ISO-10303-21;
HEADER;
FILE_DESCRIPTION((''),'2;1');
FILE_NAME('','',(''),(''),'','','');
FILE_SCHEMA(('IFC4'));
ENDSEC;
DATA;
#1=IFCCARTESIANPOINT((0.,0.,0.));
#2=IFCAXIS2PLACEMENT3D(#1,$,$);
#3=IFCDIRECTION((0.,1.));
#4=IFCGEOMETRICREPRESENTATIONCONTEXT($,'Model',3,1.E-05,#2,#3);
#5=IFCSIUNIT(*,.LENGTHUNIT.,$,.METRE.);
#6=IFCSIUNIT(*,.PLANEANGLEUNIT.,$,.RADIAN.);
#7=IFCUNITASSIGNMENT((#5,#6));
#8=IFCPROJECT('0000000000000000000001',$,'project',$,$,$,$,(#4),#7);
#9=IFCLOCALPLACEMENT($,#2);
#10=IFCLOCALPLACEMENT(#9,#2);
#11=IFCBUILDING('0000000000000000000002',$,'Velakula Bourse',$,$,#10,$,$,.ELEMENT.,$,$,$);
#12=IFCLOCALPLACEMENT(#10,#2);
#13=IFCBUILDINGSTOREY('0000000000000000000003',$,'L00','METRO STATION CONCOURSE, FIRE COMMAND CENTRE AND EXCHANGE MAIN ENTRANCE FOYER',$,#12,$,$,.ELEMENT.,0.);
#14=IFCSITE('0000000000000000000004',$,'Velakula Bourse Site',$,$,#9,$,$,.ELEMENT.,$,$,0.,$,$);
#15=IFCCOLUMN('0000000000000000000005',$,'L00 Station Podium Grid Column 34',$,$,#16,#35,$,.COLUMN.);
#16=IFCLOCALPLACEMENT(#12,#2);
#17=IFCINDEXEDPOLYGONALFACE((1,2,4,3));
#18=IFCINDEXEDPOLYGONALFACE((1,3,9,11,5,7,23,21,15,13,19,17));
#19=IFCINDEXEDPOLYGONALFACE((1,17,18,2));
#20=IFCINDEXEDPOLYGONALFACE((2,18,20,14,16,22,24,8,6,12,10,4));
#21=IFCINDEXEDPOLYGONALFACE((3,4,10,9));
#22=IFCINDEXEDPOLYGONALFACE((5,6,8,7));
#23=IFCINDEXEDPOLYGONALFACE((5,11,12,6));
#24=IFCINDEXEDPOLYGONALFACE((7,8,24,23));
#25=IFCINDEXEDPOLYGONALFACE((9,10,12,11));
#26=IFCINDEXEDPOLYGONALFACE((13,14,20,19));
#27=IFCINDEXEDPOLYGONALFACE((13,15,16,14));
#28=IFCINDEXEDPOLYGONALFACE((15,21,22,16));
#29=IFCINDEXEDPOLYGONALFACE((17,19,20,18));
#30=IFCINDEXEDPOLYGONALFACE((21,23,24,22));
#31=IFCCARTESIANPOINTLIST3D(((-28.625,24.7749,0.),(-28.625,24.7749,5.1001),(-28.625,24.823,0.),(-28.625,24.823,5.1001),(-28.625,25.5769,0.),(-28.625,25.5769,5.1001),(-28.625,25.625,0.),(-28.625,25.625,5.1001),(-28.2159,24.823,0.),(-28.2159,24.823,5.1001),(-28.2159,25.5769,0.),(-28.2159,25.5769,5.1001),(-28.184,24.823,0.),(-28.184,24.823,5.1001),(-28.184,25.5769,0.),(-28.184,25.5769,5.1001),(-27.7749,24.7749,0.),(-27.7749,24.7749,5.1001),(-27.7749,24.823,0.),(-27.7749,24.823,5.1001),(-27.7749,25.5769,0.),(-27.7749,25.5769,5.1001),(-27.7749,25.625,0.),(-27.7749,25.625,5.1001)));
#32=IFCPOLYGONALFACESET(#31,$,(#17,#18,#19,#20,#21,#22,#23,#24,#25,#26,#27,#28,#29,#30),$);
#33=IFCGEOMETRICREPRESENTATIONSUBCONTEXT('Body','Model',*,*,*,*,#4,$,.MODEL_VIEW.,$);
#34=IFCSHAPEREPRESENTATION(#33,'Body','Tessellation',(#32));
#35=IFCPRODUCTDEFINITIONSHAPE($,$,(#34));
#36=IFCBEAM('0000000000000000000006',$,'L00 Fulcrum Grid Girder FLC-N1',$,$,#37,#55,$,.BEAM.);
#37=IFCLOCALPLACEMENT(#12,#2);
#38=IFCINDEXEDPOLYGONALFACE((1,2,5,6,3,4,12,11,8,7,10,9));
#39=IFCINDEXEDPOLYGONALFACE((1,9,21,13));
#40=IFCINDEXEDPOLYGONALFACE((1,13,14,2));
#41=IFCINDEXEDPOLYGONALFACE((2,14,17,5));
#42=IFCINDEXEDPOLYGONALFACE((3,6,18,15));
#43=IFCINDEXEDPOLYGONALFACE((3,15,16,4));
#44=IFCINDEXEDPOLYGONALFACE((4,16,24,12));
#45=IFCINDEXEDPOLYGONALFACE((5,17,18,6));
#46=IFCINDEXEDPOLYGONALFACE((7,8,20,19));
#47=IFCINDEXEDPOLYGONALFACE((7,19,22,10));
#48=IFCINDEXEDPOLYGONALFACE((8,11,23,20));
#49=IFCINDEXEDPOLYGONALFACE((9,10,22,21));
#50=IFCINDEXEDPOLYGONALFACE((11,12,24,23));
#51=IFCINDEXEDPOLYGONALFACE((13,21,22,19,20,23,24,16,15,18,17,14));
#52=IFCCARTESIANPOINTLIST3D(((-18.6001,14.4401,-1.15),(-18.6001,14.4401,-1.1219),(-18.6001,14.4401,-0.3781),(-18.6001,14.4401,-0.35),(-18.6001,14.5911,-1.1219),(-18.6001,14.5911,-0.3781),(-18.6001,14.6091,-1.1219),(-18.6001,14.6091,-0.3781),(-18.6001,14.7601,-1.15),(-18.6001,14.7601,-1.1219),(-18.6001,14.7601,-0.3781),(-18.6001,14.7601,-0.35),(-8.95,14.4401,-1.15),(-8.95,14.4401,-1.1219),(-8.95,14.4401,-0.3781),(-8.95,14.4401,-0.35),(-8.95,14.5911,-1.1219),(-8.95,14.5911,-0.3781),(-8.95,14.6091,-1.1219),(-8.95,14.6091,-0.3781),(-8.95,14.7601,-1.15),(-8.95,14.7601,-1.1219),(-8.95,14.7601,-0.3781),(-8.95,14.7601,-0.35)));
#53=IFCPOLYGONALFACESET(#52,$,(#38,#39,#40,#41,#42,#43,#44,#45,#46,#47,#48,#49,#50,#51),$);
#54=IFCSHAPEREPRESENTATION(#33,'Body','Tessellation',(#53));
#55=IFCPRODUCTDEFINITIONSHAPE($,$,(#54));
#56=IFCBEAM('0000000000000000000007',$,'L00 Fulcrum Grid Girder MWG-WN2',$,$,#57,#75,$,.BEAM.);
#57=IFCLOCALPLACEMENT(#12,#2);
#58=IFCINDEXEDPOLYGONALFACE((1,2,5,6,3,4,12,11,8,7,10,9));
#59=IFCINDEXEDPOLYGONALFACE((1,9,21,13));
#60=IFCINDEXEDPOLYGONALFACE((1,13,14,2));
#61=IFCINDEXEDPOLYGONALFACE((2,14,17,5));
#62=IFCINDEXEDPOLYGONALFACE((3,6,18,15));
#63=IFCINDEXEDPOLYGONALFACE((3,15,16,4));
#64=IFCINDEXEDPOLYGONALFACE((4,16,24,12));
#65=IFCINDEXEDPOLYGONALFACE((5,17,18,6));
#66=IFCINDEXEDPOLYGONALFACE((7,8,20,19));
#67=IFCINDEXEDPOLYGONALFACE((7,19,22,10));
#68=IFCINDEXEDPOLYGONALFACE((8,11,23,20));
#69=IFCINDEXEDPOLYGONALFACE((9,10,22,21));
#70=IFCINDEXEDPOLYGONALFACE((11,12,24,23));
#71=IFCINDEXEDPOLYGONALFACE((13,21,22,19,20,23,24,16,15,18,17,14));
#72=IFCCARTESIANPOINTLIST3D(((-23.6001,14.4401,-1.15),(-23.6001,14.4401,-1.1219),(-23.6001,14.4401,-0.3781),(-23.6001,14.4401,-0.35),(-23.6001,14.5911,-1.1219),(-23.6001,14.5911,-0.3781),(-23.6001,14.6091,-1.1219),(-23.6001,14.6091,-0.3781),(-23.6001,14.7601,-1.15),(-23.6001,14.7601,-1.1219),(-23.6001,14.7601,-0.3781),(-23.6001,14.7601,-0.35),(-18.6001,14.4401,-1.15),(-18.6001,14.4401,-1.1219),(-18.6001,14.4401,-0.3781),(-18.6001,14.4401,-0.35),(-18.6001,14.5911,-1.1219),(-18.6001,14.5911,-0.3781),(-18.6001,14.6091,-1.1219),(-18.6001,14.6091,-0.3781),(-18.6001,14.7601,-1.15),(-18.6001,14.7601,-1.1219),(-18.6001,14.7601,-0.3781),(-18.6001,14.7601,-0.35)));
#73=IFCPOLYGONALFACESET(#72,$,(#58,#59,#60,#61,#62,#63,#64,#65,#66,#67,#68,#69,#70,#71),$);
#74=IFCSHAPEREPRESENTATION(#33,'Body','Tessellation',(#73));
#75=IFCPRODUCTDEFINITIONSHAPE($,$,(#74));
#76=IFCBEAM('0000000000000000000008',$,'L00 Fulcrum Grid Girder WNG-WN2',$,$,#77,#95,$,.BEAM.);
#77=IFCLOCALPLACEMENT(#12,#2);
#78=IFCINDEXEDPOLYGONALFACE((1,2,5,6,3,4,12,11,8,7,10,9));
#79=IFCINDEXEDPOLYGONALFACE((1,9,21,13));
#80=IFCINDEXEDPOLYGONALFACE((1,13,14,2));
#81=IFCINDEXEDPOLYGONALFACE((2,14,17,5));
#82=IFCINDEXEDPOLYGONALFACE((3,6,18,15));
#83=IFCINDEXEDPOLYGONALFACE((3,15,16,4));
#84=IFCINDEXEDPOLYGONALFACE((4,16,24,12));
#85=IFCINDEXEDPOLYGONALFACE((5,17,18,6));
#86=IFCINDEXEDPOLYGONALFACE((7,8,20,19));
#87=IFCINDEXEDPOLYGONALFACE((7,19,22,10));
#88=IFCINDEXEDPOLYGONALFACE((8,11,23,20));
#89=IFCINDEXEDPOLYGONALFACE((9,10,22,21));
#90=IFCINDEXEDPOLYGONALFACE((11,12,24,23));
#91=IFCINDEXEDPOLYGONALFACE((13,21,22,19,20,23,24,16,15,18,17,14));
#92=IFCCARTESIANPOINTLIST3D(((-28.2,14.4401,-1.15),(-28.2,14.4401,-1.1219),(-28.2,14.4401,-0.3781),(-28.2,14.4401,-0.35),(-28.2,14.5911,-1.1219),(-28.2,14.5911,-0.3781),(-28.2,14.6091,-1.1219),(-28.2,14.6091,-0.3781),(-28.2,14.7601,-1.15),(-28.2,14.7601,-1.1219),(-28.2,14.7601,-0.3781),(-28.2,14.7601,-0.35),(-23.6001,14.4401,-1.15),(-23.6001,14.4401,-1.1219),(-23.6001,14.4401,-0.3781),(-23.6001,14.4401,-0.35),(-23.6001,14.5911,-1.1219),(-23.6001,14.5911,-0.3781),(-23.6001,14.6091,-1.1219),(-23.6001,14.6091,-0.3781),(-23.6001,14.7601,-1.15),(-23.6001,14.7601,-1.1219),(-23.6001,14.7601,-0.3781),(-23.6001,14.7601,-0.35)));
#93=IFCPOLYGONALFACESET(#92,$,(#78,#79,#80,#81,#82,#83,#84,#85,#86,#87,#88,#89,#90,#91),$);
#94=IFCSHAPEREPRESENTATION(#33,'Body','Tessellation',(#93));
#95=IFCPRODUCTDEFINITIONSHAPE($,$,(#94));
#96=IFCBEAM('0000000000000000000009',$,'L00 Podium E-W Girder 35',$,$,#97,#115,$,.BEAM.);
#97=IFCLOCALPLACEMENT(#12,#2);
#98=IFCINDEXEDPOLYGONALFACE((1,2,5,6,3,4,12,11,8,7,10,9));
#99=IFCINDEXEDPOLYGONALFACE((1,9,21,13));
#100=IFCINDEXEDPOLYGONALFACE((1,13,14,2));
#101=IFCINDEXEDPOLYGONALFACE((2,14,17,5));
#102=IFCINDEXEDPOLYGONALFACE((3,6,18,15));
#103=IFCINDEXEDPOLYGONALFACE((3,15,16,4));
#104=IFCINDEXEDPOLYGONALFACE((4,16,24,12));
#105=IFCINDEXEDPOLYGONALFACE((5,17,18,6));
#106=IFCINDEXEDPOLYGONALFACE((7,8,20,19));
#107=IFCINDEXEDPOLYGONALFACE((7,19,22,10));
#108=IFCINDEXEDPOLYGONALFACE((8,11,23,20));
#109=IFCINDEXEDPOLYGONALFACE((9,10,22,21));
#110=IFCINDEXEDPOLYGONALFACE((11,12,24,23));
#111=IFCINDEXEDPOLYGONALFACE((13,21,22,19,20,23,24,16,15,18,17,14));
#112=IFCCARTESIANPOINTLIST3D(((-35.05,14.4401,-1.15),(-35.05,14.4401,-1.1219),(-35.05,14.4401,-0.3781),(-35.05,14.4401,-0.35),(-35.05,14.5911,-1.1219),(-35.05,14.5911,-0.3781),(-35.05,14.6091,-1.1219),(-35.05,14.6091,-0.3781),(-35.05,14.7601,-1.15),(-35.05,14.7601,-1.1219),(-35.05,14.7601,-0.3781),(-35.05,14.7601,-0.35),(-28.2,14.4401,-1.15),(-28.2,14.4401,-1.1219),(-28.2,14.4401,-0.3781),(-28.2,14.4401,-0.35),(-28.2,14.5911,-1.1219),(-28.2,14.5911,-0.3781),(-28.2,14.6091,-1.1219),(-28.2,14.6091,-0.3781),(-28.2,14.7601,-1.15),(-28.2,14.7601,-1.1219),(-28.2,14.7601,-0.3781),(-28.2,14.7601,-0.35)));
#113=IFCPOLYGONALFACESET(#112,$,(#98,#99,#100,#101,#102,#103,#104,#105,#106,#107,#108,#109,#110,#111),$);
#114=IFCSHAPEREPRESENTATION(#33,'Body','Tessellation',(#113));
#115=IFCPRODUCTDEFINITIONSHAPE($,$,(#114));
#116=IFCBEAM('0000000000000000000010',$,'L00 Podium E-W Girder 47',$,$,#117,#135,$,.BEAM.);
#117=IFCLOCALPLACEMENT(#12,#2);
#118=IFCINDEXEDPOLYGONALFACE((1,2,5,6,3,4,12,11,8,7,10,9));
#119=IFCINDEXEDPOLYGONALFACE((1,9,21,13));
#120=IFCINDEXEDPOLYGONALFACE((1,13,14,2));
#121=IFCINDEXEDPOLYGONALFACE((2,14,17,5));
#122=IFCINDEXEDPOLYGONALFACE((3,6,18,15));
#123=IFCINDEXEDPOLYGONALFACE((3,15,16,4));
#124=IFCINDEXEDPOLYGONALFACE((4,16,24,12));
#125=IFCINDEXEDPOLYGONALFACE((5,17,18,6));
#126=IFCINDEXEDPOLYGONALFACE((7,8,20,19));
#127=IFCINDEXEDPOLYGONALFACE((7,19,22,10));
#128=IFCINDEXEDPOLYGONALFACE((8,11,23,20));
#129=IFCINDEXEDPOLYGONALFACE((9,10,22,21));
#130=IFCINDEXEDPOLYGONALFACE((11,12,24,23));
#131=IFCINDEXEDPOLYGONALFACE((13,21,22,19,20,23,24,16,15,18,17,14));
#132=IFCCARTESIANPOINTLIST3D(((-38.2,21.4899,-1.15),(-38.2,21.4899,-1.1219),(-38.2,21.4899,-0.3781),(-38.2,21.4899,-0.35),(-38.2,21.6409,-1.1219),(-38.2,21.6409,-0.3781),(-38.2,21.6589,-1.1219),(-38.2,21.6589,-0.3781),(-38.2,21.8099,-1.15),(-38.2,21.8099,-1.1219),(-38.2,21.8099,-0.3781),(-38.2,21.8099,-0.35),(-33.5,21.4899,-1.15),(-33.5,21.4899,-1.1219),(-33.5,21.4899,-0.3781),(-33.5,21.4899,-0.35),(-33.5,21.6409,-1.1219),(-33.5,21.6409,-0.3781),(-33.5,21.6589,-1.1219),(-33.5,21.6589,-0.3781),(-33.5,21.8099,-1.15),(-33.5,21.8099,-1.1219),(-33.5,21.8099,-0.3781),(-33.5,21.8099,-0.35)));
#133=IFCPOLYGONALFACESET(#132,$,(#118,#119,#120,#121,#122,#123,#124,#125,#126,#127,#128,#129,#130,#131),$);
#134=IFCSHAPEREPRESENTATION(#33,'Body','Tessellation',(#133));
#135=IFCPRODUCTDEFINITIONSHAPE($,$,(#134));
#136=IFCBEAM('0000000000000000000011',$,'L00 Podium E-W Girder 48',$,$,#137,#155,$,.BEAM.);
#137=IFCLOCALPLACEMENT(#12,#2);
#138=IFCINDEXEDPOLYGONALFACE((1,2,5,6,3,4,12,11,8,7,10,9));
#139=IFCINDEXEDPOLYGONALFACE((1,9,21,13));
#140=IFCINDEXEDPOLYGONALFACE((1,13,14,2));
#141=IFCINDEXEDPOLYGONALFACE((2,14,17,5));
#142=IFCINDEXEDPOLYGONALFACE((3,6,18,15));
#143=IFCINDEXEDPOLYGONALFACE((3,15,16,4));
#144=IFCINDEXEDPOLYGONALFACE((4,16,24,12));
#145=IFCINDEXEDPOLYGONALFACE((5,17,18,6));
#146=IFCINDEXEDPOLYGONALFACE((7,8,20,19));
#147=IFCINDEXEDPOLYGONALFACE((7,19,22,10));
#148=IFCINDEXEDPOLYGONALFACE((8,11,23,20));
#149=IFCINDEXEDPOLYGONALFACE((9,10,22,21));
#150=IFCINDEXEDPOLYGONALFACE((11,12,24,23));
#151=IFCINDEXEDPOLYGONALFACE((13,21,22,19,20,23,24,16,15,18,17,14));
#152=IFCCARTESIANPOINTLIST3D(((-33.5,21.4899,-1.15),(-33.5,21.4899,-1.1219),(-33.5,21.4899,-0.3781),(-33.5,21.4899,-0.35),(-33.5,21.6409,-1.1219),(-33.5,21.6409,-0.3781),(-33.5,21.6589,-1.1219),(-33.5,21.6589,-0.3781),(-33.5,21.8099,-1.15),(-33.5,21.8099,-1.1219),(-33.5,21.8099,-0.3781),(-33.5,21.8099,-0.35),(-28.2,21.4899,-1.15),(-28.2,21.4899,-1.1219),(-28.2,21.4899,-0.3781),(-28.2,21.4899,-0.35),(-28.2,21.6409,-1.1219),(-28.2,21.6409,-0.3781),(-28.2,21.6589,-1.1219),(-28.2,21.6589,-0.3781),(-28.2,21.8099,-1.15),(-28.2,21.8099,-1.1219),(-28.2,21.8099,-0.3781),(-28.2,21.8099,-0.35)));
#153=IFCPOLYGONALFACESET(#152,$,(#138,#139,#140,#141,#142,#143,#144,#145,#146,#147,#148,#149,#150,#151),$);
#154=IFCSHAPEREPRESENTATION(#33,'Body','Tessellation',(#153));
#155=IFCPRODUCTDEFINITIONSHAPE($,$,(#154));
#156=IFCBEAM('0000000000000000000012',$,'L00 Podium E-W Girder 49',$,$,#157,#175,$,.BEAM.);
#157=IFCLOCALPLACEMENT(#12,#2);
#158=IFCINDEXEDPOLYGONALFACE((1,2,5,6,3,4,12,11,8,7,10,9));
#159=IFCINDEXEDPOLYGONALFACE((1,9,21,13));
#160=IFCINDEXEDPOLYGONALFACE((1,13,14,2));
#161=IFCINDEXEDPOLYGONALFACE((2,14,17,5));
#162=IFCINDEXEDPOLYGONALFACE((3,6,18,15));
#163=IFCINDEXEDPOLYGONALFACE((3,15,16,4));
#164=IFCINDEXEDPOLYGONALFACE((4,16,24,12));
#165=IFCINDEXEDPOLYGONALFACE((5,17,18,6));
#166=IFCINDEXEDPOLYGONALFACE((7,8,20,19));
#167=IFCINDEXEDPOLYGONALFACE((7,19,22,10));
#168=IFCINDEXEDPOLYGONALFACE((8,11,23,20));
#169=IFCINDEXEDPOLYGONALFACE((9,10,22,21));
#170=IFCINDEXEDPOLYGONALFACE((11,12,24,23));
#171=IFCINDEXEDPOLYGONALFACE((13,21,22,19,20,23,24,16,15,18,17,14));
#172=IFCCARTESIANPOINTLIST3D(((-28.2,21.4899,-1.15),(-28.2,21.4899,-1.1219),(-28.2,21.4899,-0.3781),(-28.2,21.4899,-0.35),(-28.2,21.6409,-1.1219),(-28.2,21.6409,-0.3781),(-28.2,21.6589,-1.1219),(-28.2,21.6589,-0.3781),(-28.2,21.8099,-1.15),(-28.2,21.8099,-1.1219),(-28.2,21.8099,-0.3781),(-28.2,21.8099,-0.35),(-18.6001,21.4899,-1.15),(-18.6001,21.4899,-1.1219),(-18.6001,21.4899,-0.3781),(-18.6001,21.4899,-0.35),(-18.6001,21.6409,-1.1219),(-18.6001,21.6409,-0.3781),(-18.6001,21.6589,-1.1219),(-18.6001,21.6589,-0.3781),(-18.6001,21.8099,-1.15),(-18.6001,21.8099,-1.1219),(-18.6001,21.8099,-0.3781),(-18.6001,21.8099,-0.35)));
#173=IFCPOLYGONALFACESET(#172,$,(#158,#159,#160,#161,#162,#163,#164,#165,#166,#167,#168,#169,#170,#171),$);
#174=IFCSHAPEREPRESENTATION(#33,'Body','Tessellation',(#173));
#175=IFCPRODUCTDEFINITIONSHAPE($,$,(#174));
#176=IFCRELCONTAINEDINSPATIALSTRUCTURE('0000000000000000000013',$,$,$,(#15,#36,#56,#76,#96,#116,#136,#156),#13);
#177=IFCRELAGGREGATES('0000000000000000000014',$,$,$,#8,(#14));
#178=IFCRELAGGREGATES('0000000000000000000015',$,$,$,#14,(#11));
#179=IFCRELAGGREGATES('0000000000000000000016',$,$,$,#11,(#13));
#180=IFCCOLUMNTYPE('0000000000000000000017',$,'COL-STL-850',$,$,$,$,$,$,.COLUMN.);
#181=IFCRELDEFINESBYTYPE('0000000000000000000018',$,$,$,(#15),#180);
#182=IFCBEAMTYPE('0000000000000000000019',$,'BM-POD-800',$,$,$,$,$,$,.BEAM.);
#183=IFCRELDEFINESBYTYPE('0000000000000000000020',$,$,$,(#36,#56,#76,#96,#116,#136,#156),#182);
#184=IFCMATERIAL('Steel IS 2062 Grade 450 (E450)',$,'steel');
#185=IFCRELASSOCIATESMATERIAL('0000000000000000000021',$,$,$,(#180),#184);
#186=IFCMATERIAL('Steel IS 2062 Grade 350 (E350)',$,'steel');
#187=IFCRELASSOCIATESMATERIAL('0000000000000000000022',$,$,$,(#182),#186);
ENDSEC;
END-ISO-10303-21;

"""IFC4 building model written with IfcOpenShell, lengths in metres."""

from ifc_helpers import new_model, si_unit, direction, frame, origin, origin_2d, place, context, subcontext, project, spatial, i_section, extrude, material, material_profile, profile_set, type_object, element, save


model = new_model("IFC4")

# Units and contexts
model_context = context("Model", 3, precision=1e-05, world=origin(), true_north=direction((0.0, 1.0)))
body_context = subcontext(model_context, "Body", "Model", "MODEL_VIEW")
ifc_project = project(units=[si_unit("LENGTHUNIT", "METRE"), si_unit("PLANEANGLEUNIT", "RADIAN")], contexts=[model_context])

# Site, building, storey
site_placement = place(None, origin())
site = spatial("IfcSite", under=ifc_project, at=site_placement, Name="Velakula Bourse Site", CompositionType="ELEMENT", RefElevation=0.0)
building_placement = place(site_placement, origin())
building = spatial("IfcBuilding", under=site, at=building_placement, Name="Velakula Bourse", CompositionType="ELEMENT")
storey_placement = place(building_placement, origin())
storey = spatial("IfcBuildingStorey", under=building, at=storey_placement, Name="L00", Description="METRO STATION CONCOURSE, FIRE COMMAND CENTRE AND EXCHANGE MAIN ENTRANCE FOYER", CompositionType="ELEMENT", Elevation=0.0)

# Column
ifc_material_1 = material(Name="Steel IS 2062 Grade 450 (E450)", Category="steel")
ifc_material_profile_1 = material_profile(ifc_material_1, i_section(OverallWidth=0.8501, OverallDepth=0.8501, WebThickness=0.032, FlangeThickness=0.0481, at=origin_2d()), Name="Steel IS 2062 Grade 450 (E450)")
ifc_profile_set_1 = profile_set([ifc_material_profile_1], Name="Steel IS 2062 Grade 450 (E450)")
column_type = type_object("IfcColumnType", Name="COL-STL-850", PredefinedType="COLUMN", material=ifc_profile_set_1)
for number, where, z_axis, x_axis, name in (
    (1, (-28.2, 25.2, 0.0), (0.0, 0.0, 1.0), (1.0, 0.0, 0.0), "L00 Station Podium Grid Column 34"),
):
    element("IfcColumn", number, at=place(storey_placement, frame(where, z_axis=z_axis, x_axis=x_axis)), inside=storey, type_object=column_type, Name=name, PredefinedType="COLUMN", context=body_context, shape_type="SweptSolid", body=[
        extrude(i_section(OverallWidth=0.8501, OverallDepth=0.8501, WebThickness=0.032, FlangeThickness=0.0481, at=origin_2d()), origin(), (0.0, 0.0, 1.0), 5.1001),
    ])

# Beams
ifc_material_2 = material(Name="Steel IS 2062 Grade 350 (E350)", Category="steel")
ifc_material_profile_2 = material_profile(ifc_material_2, i_section(OverallWidth=0.3201, OverallDepth=0.8, WebThickness=0.0181, FlangeThickness=0.0281, at=origin_2d()), Name="Steel IS 2062 Grade 350 (E350)")
ifc_profile_set_2 = profile_set([ifc_material_profile_2], Name="Steel IS 2062 Grade 350 (E350)")
beam_type_1 = type_object("IfcBeamType", Name="BM-POD-800", PredefinedType="BEAM", material=ifc_profile_set_2)
beam_1_placement = place(storey_placement, frame((-18.6001, 14.6001, -0.75), z_axis=(1.0, 0.0, 0.0), x_axis=(0.0, 1.0, 0.0)))
element("IfcBeam", 2, at=beam_1_placement, inside=storey, type_object=beam_type_1, Name="L00 Fulcrum Grid Girder FLC-N1", PredefinedType="BEAM", context=body_context, shape_type="SweptSolid", body=[
    extrude(i_section(OverallWidth=0.3201, OverallDepth=0.8, WebThickness=0.0181, FlangeThickness=0.0281, at=origin_2d()), origin(), (0.0, 0.0, 1.0), 9.6501),
])
beam_2_placement = place(storey_placement, frame((-23.6001, 14.6001, -0.75), z_axis=(1.0, 0.0, 0.0), x_axis=(0.0, 1.0, 0.0)))
element("IfcBeam", 3, at=beam_2_placement, inside=storey, type_object=beam_type_1, Name="L00 Fulcrum Grid Girder MWG-WN2", PredefinedType="BEAM", context=body_context, shape_type="SweptSolid", body=[
    extrude(i_section(OverallWidth=0.3201, OverallDepth=0.8, WebThickness=0.0181, FlangeThickness=0.0281, at=origin_2d()), origin(), (0.0, 0.0, 1.0), 5.0),
])
beam_3_placement = place(storey_placement, frame((-28.2, 14.6001, -0.75), z_axis=(1.0, 0.0, 0.0), x_axis=(0.0, 1.0, 0.0)))
element("IfcBeam", 4, at=beam_3_placement, inside=storey, type_object=beam_type_1, Name="L00 Fulcrum Grid Girder WNG-WN2", PredefinedType="BEAM", context=body_context, shape_type="SweptSolid", body=[
    extrude(i_section(OverallWidth=0.3201, OverallDepth=0.8, WebThickness=0.0181, FlangeThickness=0.0281, at=origin_2d()), origin(), (0.0, 0.0, 1.0), 4.5999),
])
beam_4_placement = place(storey_placement, frame((-35.05, 14.6001, -0.75), z_axis=(1.0, 0.0, 0.0), x_axis=(0.0, 1.0, 0.0)))
element("IfcBeam", 5, at=beam_4_placement, inside=storey, type_object=beam_type_1, Name="L00 Podium E-W Girder 35", PredefinedType="BEAM", context=body_context, shape_type="SweptSolid", body=[
    extrude(i_section(OverallWidth=0.3201, OverallDepth=0.8, WebThickness=0.0181, FlangeThickness=0.0281, at=origin_2d()), origin(), (0.0, 0.0, 1.0), 6.8501),
])
beam_5_placement = place(storey_placement, frame((-38.2, 21.6499, -0.75), z_axis=(1.0, 0.0, 0.0), x_axis=(0.0, 1.0, 0.0)))
element("IfcBeam", 6, at=beam_5_placement, inside=storey, type_object=beam_type_1, Name="L00 Podium E-W Girder 47", PredefinedType="BEAM", context=body_context, shape_type="SweptSolid", body=[
    extrude(i_section(OverallWidth=0.3201, OverallDepth=0.8, WebThickness=0.0181, FlangeThickness=0.0281, at=origin_2d()), origin(), (0.0, 0.0, 1.0), 4.7),
])
beam_6_placement = place(storey_placement, frame((-33.5, 21.6499, -0.75), z_axis=(1.0, 0.0, 0.0), x_axis=(0.0, 1.0, 0.0)))
element("IfcBeam", 7, at=beam_6_placement, inside=storey, type_object=beam_type_1, Name="L00 Podium E-W Girder 48", PredefinedType="BEAM", context=body_context, shape_type="SweptSolid", body=[
    extrude(i_section(OverallWidth=0.3201, OverallDepth=0.8, WebThickness=0.0181, FlangeThickness=0.0281, at=origin_2d()), origin(), (0.0, 0.0, 1.0), 5.3),
])
beam_7_placement = place(storey_placement, frame((-28.2, 21.6499, -0.75), z_axis=(1.0, 0.0, 0.0), x_axis=(0.0, 1.0, 0.0)))
element("IfcBeam", 8, at=beam_7_placement, inside=storey, type_object=beam_type_1, Name="L00 Podium E-W Girder 49", PredefinedType="BEAM", context=body_context, shape_type="SweptSolid", body=[
    extrude(i_section(OverallWidth=0.3201, OverallDepth=0.8, WebThickness=0.0181, FlangeThickness=0.0281, at=origin_2d()), origin(), (0.0, 0.0, 1.0), 9.5999),
])

save(model, "model.ifc")
